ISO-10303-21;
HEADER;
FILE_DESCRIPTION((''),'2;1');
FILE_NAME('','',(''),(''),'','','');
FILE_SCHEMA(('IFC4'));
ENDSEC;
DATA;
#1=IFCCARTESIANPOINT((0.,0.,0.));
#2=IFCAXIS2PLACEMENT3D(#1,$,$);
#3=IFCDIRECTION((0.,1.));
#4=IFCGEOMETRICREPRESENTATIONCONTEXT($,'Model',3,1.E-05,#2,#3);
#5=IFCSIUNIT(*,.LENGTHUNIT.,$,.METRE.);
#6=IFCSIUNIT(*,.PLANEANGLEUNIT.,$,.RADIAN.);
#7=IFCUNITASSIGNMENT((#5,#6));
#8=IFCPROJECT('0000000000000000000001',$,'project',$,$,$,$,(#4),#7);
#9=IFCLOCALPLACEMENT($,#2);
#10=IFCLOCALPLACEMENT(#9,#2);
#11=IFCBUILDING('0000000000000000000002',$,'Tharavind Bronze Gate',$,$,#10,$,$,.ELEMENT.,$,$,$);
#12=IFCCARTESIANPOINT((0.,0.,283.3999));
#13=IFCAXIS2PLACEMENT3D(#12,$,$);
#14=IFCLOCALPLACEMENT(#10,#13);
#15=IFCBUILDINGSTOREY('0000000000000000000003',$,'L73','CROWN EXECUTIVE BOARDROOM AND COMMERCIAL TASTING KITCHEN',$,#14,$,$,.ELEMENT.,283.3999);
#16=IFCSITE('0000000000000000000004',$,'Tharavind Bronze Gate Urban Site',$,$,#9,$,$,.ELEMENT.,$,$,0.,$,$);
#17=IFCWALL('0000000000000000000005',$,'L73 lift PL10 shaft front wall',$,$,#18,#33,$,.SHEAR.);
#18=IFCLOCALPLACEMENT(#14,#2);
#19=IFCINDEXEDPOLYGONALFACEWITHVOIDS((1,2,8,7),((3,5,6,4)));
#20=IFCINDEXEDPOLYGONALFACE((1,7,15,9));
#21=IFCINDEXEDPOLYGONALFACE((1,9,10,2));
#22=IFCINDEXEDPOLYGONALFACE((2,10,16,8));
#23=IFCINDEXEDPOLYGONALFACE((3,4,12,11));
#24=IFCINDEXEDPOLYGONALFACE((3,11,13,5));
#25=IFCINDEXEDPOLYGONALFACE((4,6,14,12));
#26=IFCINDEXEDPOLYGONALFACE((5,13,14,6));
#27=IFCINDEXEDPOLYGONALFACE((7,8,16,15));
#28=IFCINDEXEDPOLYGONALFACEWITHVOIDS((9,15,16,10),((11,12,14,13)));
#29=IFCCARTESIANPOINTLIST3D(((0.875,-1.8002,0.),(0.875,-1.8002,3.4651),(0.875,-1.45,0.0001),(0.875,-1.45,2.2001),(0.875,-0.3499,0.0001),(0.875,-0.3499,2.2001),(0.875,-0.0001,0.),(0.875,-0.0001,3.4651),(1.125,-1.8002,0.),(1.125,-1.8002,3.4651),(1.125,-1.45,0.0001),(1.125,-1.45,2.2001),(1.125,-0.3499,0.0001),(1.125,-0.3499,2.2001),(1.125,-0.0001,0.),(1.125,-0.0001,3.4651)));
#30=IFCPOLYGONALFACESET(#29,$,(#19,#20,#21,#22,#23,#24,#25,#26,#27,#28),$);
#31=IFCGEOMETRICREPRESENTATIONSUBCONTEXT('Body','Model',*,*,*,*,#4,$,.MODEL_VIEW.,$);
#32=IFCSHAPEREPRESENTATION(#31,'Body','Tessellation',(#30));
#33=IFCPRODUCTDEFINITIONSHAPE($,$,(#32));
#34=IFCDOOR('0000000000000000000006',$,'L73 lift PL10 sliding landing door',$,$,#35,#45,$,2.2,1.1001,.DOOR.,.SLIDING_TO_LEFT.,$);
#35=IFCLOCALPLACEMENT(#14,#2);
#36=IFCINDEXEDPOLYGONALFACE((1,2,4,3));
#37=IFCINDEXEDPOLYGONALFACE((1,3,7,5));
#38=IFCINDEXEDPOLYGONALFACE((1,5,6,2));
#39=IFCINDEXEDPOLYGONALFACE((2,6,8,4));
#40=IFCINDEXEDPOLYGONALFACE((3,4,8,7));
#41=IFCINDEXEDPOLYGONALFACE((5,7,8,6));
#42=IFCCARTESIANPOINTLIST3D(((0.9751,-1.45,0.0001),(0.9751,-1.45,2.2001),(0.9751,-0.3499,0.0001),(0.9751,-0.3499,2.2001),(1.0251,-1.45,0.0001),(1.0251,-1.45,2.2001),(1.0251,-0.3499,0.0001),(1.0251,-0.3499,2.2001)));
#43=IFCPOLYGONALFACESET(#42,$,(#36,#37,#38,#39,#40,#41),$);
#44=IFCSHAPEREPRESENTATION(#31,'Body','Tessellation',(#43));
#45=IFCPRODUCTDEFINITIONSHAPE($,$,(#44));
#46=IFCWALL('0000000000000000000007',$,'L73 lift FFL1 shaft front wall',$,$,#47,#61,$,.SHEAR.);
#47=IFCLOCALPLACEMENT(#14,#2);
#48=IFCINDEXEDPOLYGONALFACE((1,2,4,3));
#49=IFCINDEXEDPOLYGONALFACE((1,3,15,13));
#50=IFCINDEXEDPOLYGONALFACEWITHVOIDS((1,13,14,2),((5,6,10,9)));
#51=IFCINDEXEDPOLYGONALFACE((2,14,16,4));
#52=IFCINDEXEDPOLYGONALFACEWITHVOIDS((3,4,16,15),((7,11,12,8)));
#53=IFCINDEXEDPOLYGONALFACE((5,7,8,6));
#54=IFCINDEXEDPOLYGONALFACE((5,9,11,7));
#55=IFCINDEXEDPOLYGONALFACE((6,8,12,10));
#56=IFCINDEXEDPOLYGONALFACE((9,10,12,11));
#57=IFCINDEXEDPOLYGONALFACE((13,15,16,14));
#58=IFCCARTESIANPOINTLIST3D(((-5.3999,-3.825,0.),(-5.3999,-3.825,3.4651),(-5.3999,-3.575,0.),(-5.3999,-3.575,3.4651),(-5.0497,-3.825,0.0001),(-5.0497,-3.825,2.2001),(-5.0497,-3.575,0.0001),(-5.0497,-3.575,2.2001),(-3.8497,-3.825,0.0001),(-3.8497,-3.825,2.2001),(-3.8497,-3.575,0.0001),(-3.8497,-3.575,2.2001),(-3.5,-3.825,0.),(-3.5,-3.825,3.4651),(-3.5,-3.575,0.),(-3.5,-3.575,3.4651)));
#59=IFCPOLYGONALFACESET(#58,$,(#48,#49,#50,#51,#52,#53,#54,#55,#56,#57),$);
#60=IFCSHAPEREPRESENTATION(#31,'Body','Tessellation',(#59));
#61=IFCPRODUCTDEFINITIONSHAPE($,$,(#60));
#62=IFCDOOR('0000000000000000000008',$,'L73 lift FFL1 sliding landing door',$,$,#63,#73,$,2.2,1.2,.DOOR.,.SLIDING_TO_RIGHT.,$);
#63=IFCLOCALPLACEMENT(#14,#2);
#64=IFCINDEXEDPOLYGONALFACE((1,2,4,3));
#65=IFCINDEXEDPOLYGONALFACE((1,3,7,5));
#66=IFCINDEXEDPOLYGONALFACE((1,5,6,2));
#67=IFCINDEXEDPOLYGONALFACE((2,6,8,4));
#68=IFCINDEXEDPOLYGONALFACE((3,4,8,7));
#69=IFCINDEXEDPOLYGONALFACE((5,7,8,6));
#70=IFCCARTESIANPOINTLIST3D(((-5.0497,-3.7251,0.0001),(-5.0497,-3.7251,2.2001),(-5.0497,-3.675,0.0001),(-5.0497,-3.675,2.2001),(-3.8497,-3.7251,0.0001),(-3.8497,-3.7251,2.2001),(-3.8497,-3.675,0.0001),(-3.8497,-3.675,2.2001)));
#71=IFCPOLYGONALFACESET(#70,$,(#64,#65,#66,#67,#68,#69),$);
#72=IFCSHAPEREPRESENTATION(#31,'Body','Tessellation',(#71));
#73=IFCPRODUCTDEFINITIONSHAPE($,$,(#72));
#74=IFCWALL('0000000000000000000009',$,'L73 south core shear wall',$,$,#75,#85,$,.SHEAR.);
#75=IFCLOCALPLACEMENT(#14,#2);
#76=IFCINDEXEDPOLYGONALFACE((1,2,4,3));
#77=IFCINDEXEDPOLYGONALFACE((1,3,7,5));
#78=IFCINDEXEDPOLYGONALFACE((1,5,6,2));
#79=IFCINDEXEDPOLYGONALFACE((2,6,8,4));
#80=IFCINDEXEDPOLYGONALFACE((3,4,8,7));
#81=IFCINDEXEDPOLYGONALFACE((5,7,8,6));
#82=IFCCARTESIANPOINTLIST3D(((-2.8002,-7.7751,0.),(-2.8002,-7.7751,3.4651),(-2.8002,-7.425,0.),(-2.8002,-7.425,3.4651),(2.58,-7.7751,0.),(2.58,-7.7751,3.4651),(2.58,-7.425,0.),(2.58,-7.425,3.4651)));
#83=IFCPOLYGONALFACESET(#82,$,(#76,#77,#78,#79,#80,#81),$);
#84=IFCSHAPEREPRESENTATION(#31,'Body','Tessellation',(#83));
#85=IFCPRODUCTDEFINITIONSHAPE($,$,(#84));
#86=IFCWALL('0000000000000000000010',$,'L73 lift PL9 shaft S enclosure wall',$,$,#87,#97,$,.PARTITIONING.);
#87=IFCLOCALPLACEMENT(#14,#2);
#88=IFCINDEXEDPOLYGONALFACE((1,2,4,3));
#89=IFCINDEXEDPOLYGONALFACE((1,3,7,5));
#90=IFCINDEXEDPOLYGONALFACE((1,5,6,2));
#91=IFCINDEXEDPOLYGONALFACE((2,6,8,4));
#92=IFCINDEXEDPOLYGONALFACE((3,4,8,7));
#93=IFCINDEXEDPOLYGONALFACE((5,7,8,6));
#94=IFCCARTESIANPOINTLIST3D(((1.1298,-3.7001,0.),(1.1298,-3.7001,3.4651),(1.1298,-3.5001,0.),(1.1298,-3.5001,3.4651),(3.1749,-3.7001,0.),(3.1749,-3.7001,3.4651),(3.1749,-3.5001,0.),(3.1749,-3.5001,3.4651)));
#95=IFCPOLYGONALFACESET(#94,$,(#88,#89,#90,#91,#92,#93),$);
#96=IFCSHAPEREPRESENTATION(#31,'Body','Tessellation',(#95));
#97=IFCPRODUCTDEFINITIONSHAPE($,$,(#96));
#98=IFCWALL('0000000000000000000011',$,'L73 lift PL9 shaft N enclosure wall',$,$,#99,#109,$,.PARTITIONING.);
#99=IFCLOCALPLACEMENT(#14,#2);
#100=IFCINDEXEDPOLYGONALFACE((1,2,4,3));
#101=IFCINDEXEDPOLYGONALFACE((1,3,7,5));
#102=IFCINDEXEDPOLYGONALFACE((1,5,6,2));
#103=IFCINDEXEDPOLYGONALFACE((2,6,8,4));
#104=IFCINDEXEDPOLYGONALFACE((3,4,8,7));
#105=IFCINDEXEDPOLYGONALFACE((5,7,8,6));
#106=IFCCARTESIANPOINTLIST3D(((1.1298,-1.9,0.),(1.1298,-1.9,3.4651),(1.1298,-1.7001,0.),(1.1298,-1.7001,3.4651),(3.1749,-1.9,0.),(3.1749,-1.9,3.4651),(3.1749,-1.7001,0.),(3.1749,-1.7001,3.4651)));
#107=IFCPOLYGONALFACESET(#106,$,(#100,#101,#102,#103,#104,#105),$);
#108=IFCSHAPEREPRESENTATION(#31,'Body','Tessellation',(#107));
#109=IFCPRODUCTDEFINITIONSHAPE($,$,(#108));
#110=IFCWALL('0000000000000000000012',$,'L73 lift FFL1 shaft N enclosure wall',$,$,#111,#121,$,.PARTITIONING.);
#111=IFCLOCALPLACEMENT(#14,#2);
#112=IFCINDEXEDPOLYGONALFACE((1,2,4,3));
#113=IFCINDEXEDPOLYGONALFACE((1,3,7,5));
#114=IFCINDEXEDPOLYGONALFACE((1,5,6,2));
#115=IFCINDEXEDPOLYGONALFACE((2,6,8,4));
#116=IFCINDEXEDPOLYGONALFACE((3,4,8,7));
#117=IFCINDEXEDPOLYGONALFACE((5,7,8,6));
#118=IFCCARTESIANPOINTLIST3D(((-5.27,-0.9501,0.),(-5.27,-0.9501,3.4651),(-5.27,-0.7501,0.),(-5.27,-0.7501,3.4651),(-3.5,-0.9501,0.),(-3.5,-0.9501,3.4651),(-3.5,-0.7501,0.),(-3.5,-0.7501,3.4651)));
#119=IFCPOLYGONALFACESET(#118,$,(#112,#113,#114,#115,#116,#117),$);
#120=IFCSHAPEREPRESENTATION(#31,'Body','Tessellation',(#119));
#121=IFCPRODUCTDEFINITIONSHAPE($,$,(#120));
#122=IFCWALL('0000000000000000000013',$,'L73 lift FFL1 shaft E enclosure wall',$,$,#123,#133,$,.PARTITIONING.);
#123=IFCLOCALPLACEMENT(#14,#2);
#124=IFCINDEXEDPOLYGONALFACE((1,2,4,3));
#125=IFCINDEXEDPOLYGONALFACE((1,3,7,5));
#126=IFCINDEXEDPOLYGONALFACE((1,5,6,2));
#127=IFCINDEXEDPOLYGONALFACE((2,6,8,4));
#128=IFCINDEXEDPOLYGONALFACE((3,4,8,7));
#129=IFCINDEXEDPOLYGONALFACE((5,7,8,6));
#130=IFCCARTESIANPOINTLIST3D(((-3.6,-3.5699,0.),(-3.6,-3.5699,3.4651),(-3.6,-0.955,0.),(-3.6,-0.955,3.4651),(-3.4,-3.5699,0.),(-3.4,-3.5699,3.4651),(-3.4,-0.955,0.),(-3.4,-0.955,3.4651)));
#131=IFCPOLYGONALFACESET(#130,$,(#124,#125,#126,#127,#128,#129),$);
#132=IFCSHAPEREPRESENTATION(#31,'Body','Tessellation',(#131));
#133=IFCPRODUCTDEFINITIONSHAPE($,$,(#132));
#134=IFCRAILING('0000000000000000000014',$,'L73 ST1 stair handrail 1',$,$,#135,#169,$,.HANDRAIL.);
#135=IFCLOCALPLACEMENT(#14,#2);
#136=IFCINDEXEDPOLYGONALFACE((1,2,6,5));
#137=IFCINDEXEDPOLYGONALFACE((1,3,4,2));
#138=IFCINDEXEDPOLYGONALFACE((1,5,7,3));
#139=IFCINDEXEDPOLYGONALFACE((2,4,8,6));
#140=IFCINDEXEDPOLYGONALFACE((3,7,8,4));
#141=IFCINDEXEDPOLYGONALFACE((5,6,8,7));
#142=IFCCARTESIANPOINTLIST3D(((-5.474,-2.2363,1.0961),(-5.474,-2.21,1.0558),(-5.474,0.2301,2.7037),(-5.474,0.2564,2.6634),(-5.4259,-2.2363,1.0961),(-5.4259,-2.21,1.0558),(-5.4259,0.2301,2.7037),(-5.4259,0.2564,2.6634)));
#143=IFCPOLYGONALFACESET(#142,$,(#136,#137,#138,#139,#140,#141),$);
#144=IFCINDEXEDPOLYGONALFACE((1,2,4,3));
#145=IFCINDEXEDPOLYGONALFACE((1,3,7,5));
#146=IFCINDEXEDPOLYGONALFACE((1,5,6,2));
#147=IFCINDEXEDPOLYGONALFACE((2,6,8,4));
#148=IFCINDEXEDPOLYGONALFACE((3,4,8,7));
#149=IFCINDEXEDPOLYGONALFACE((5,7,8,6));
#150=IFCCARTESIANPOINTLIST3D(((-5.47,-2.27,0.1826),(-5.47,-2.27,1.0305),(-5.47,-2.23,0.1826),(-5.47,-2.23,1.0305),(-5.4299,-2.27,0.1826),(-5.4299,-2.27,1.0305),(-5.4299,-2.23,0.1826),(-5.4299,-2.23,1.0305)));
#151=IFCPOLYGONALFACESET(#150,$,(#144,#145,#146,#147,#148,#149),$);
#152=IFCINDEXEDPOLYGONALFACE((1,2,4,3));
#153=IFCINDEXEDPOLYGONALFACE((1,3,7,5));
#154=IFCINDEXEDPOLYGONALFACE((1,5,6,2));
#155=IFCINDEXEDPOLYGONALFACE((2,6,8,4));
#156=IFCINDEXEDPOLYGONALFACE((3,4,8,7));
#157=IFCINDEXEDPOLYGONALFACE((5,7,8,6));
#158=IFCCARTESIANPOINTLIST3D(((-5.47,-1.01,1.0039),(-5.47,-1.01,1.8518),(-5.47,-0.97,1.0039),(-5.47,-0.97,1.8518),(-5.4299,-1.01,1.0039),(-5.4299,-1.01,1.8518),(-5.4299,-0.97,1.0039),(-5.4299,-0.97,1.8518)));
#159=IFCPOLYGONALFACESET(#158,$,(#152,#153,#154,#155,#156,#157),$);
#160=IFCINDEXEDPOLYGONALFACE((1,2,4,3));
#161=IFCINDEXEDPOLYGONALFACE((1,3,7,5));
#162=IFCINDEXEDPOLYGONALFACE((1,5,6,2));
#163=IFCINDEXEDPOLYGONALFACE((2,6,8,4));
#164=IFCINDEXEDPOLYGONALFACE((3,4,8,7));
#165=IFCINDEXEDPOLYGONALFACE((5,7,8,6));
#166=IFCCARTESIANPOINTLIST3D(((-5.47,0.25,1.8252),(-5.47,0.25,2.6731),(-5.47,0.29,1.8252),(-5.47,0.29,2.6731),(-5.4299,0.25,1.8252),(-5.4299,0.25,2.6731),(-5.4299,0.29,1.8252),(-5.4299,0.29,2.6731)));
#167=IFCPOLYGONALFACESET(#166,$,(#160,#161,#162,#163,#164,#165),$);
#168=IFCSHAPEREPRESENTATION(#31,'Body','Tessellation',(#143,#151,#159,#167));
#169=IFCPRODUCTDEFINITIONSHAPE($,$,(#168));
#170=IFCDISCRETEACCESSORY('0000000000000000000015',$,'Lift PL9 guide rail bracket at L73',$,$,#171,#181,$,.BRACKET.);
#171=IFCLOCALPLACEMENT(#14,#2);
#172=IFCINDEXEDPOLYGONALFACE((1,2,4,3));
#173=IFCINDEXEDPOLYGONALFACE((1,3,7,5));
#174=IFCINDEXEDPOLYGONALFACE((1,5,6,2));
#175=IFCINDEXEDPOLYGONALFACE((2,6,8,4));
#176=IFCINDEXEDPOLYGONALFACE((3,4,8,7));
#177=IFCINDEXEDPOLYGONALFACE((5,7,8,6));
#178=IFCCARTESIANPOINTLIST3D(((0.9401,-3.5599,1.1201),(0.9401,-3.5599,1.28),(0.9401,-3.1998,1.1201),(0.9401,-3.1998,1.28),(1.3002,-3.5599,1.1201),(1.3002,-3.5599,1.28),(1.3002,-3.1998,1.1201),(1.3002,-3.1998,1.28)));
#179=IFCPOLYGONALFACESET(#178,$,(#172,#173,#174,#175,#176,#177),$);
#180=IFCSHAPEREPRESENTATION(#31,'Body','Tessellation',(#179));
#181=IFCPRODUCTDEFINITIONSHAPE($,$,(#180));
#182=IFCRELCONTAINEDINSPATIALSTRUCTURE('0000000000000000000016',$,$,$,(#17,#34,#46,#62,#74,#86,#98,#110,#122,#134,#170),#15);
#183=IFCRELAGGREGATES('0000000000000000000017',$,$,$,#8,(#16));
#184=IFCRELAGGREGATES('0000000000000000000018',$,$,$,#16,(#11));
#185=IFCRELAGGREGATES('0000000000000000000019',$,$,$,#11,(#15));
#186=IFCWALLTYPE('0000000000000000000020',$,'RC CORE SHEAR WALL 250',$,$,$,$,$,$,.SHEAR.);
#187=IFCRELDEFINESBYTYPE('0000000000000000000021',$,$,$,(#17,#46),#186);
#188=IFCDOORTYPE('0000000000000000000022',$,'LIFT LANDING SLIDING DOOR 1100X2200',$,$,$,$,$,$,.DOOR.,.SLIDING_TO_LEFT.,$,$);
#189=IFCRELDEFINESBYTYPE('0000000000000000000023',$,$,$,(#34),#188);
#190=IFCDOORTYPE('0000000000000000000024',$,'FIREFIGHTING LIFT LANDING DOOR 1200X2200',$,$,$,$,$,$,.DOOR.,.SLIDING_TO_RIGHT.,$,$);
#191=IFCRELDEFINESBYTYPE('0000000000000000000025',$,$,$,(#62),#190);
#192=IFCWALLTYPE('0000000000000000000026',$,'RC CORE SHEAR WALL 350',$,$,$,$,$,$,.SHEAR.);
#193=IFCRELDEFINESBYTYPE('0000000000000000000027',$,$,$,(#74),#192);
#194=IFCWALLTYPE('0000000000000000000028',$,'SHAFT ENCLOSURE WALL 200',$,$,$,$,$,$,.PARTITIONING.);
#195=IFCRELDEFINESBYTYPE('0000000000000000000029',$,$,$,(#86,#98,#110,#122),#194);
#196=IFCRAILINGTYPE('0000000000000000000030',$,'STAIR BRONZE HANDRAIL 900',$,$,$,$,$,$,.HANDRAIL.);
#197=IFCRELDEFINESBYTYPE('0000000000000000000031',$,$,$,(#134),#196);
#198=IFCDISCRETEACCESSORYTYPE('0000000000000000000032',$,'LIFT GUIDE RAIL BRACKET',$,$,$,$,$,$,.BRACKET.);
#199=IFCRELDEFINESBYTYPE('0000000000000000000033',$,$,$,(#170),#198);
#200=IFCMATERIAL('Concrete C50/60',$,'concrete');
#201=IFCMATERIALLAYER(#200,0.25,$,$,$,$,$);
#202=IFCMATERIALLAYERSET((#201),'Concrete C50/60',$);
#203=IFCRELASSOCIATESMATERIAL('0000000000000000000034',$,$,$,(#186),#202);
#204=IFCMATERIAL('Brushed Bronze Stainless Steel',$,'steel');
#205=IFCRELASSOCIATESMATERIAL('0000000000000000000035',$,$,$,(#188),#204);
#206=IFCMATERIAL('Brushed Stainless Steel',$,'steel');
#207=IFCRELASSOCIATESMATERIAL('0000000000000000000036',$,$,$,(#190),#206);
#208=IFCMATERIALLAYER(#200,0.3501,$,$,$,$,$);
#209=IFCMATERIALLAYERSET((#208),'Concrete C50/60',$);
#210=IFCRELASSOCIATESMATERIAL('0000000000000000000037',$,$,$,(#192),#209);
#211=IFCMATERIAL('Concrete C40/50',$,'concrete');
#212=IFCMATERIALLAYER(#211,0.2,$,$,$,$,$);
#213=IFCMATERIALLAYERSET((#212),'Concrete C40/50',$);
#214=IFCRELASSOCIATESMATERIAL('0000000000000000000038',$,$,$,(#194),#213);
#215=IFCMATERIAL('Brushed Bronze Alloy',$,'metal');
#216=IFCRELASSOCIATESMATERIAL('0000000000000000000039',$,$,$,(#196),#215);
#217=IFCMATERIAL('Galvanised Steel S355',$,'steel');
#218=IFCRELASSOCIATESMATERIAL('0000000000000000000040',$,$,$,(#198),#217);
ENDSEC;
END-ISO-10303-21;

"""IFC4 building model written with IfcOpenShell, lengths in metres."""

from ifc_helpers import new_model, si_unit, direction, frame, frame_2d, origin, origin_2d, place, context, subcontext, project, spatial, rectangle, extrude, material, layer, layer_set, type_object, element, fill, save


model = new_model("IFC4")

# Units and contexts
model_context = context("Model", 3, precision=1e-05, world=origin(), true_north=direction((0.0, 1.0)))
body_context = subcontext(model_context, "Body", "Model", "MODEL_VIEW")
ifc_project = project(units=[si_unit("LENGTHUNIT", "METRE"), si_unit("PLANEANGLEUNIT", "RADIAN")], contexts=[model_context])

# Site, building, storey
site_placement = place(None, origin())
site = spatial("IfcSite", under=ifc_project, at=site_placement, Name="Tharavind Bronze Gate Urban Site", CompositionType="ELEMENT", RefElevation=0.0)
building_placement = place(site_placement, origin())
building = spatial("IfcBuilding", under=site, at=building_placement, Name="Tharavind Bronze Gate", CompositionType="ELEMENT")
storey_placement = place(building_placement, frame((0.0, 0.0, 283.3999)))
storey = spatial("IfcBuildingStorey", under=building, at=storey_placement, Name="L73", Description="CROWN EXECUTIVE BOARDROOM AND COMMERCIAL TASTING KITCHEN", CompositionType="ELEMENT", Elevation=283.3999)

# Shared definitions
ifc_material_1 = material(Name="Concrete C50/60", Category="concrete")

# Shared definitions
ifc_layer_1 = layer(ifc_material_1, 0.25)
ifc_layer_set_1 = layer_set([ifc_layer_1], Name="Concrete C50/60")
wall_type_1 = type_object("IfcWallType", Name="RC CORE SHEAR WALL 250", PredefinedType="SHEAR", material=ifc_layer_set_1)

# Walls, openings, doors
ifc_material_2 = material(Name="Brushed Bronze Stainless Steel", Category="steel")
door_type_1 = type_object("IfcDoorType", Name="LIFT LANDING SLIDING DOOR 1100X2200", OperationType="SLIDING_TO_LEFT", PredefinedType="DOOR", material=ifc_material_2)
wall_1_placement = place(storey_placement, frame((1.0, -1.8, 0.0), z_axis=(0.0, 0.0, 1.0), x_axis=(0.0, 1.0, 0.0)))
wall_1 = element("IfcWall", 1, at=wall_1_placement, inside=storey, type_object=wall_type_1, Name="L73 lift PL10 shaft front wall", PredefinedType="SHEAR", context=body_context, shape_type="SweptSolid", body=[
    extrude(rectangle(XDim=1.8, YDim=0.25, at=frame_2d((0.8999, 0.0))), origin(), (0.0, 0.0, 1.0), 3.4651),
])
opening_1_placement = place(wall_1_placement, frame((0.3501, 0.0, 0.0)))
opening_1 = element("IfcOpeningElement", 2, at=opening_1_placement, cuts=wall_1, PredefinedType="OPENING", context=body_context, shape_type="SweptSolid", body=[
    extrude(rectangle(XDim=1.1001, YDim=2.2, at=frame_2d((0.55, 1.1001))), frame((0.0, 0.135, 0.0), z_axis=(0.0, -1.0, 0.0), x_axis=(1.0, 0.0, 0.0)), (0.0, 0.0, 1.0), 0.27),
])
door_1_placement = place(opening_1_placement, origin())
door_1 = element("IfcDoor", 3, at=door_1_placement, inside=storey, type_object=door_type_1, Name="L73 lift PL10 sliding landing door", OperationType="SLIDING_TO_LEFT", OverallHeight=2.2, OverallWidth=1.1001, PredefinedType="DOOR", context=body_context, shape_type="SweptSolid", body=[
    extrude(rectangle(XDim=1.1001, YDim=2.2, at=frame_2d((0.55, 1.1001))), frame((0.0, 0.0249, 0.0), z_axis=(0.0, -1.0, 0.0), x_axis=(1.0, 0.0, 0.0)), (0.0, 0.0, 1.0), 0.05),
])
fill(opening_1, door_1)
wall_2_placement = place(storey_placement, frame((-5.3999, -3.7, 0.0), z_axis=(0.0, 0.0, 1.0), x_axis=(1.0, 0.0, 0.0)))
wall_2 = element("IfcWall", 4, at=wall_2_placement, inside=storey, type_object=wall_type_1, Name="L73 lift FFL1 shaft front wall", PredefinedType="SHEAR", context=body_context, shape_type="SweptSolid", body=[
    extrude(rectangle(XDim=1.8999, YDim=0.25, at=frame_2d((0.95, 0.0))), origin(), (0.0, 0.0, 1.0), 3.4651),
])
opening_2_placement = place(wall_2_placement, frame((0.3501, 0.0, 0.0)))
opening_2 = element("IfcOpeningElement", 5, at=opening_2_placement, cuts=wall_2, PredefinedType="OPENING", context=body_context, shape_type="SweptSolid", body=[
    extrude(rectangle(XDim=1.2, YDim=2.2, at=frame_2d((0.6001, 1.1001))), frame((0.0, 0.135, 0.0), z_axis=(0.0, -1.0, 0.0), x_axis=(1.0, 0.0, 0.0)), (0.0, 0.0, 1.0), 0.27),
])
ifc_material_3 = material(Name="Brushed Stainless Steel", Category="steel")
door_type_2 = type_object("IfcDoorType", Name="FIREFIGHTING LIFT LANDING DOOR 1200X2200", OperationType="SLIDING_TO_RIGHT", PredefinedType="DOOR", material=ifc_material_3)
door_2_placement = place(opening_2_placement, origin())
door_2 = element("IfcDoor", 6, at=door_2_placement, inside=storey, type_object=door_type_2, Name="L73 lift FFL1 sliding landing door", OperationType="SLIDING_TO_RIGHT", OverallHeight=2.2, OverallWidth=1.2, PredefinedType="DOOR", context=body_context, shape_type="SweptSolid", body=[
    extrude(rectangle(XDim=1.2, YDim=2.2, at=frame_2d((0.6001, 1.1001))), frame((0.0, 0.0249, 0.0), z_axis=(0.0, -1.0, 0.0), x_axis=(1.0, 0.0, 0.0)), (0.0, 0.0, 1.0), 0.05),
])
fill(opening_2, door_2)

# Walls
ifc_layer_2 = layer(ifc_material_1, 0.3501)
ifc_layer_set_2 = layer_set([ifc_layer_2], Name="Concrete C50/60")
wall_type_2 = type_object("IfcWallType", Name="RC CORE SHEAR WALL 350", PredefinedType="SHEAR", material=ifc_layer_set_2)
wall_3_placement = place(storey_placement, frame((-2.8, -7.6001, 0.0), z_axis=(0.0, 0.0, 1.0), x_axis=(1.0, 0.0, 0.0)))
element("IfcWall", 7, at=wall_3_placement, inside=storey, type_object=wall_type_2, Name="L73 south core shear wall", PredefinedType="SHEAR", context=body_context, shape_type="SweptSolid", body=[
    extrude(rectangle(XDim=5.3801, YDim=0.3501, at=frame_2d((2.6899, 0.0))), origin(), (0.0, 0.0, 1.0), 3.4651),
])
ifc_material_4 = material(Name="Concrete C40/50", Category="concrete")
ifc_layer_3 = layer(ifc_material_4, 0.2)
ifc_layer_set_3 = layer_set([ifc_layer_3], Name="Concrete C40/50")
wall_type_3 = type_object("IfcWallType", Name="SHAFT ENCLOSURE WALL 200", PredefinedType="PARTITIONING", material=ifc_layer_set_3)
for number, where, z_axis, x_axis, name in (
    (8, (1.1299, -3.6001, 0.0), (0.0, 0.0, 1.0), (1.0, 0.0, 0.0), "L73 lift PL9 shaft S enclosure wall"),
    (9, (1.1299, -1.8, 0.0), (0.0, 0.0, 1.0), (1.0, 0.0, 0.0), "L73 lift PL9 shaft N enclosure wall"),
):
    element("IfcWall", number, at=place(storey_placement, frame(where, z_axis=z_axis, x_axis=x_axis)), inside=storey, type_object=wall_type_3, Name=name, PredefinedType="PARTITIONING", context=body_context, shape_type="SweptSolid", body=[
        extrude(rectangle(XDim=2.0452, YDim=0.2, at=frame_2d((1.0225, 0.0))), origin(), (0.0, 0.0, 1.0), 3.4651),
    ])
wall_4_placement = place(storey_placement, frame((-5.27, -0.8501, 0.0), z_axis=(0.0, 0.0, 1.0), x_axis=(1.0, 0.0, 0.0)))
element("IfcWall", 10, at=wall_4_placement, inside=storey, type_object=wall_type_3, Name="L73 lift FFL1 shaft N enclosure wall", PredefinedType="PARTITIONING", context=body_context, shape_type="SweptSolid", body=[
    extrude(rectangle(XDim=1.77, YDim=0.2, at=frame_2d((0.885, 0.0))), origin(), (0.0, 0.0, 1.0), 3.4651),
])
wall_5_placement = place(storey_placement, frame((-3.5, -3.5701, 0.0), z_axis=(0.0, 0.0, 1.0), x_axis=(0.0, 1.0, 0.0)))
element("IfcWall", 11, at=wall_5_placement, inside=storey, type_object=wall_type_3, Name="L73 lift FFL1 shaft E enclosure wall", PredefinedType="PARTITIONING", context=body_context, shape_type="SweptSolid", body=[
    extrude(rectangle(XDim=2.615, YDim=0.2, at=frame_2d((1.3076, 0.0))), origin(), (0.0, 0.0, 1.0), 3.4651),
])

# Railing
ifc_material_5 = material(Name="Brushed Bronze Alloy", Category="metal")
railing_type = type_object("IfcRailingType", Name="STAIR BRONZE HANDRAIL 900", PredefinedType="HANDRAIL", material=ifc_material_5)
railing_placement = place(storey_placement, frame((-5.45, -2.25, 0.1826)))
element("IfcRailing", 12, at=railing_placement, inside=storey, type_object=railing_type, Name="L73 ST1 stair handrail 1", PredefinedType="HANDRAIL", context=body_context, shape_type="SweptSolid", body=[
    extrude(rectangle(XDim=0.0481, YDim=0.0481, at=origin_2d()), frame((0.0, 0.0269, 0.8933), z_axis=(0.0, 0.837749, 0.546055), x_axis=(-1.0, 0.0, 0.0)), (0.0, 0.0, 1.0), 2.9441),
    extrude(rectangle(XDim=0.04, YDim=0.04, at=origin_2d()), origin(), (0.0, 0.0, 1.0), 0.8479),
    extrude(rectangle(XDim=0.04, YDim=0.04, at=origin_2d()), frame((0.0, 1.26, 0.8213)), (0.0, 0.0, 1.0), 0.8479),
    extrude(rectangle(XDim=0.04, YDim=0.04, at=origin_2d()), frame((0.0, 2.52, 1.6426)), (0.0, 0.0, 1.0), 0.8479),
])

# Discrete accessory
ifc_material_6 = material(Name="Galvanised Steel S355", Category="steel")
discrete_accessory_type = type_object("IfcDiscreteAccessoryType", Name="LIFT GUIDE RAIL BRACKET", PredefinedType="BRACKET", material=ifc_material_6)
for number, where, z_axis, x_axis, name in (
    (13, (1.1201, -3.3799, 1.1201), (0.0, 0.0, 1.0), (1.0, 0.0, 0.0), "Lift PL9 guide rail bracket at L73"),
):
    element("IfcDiscreteAccessory", number, at=place(storey_placement, frame(where, z_axis=z_axis, x_axis=x_axis)), inside=storey, type_object=discrete_accessory_type, Name=name, PredefinedType="BRACKET", context=body_context, shape_type="SweptSolid", body=[
        extrude(rectangle(XDim=0.3601, YDim=0.3601, at=origin_2d()), origin(), (0.0, 0.0, 1.0), 0.1599),
    ])

save(model, "model.ifc")
